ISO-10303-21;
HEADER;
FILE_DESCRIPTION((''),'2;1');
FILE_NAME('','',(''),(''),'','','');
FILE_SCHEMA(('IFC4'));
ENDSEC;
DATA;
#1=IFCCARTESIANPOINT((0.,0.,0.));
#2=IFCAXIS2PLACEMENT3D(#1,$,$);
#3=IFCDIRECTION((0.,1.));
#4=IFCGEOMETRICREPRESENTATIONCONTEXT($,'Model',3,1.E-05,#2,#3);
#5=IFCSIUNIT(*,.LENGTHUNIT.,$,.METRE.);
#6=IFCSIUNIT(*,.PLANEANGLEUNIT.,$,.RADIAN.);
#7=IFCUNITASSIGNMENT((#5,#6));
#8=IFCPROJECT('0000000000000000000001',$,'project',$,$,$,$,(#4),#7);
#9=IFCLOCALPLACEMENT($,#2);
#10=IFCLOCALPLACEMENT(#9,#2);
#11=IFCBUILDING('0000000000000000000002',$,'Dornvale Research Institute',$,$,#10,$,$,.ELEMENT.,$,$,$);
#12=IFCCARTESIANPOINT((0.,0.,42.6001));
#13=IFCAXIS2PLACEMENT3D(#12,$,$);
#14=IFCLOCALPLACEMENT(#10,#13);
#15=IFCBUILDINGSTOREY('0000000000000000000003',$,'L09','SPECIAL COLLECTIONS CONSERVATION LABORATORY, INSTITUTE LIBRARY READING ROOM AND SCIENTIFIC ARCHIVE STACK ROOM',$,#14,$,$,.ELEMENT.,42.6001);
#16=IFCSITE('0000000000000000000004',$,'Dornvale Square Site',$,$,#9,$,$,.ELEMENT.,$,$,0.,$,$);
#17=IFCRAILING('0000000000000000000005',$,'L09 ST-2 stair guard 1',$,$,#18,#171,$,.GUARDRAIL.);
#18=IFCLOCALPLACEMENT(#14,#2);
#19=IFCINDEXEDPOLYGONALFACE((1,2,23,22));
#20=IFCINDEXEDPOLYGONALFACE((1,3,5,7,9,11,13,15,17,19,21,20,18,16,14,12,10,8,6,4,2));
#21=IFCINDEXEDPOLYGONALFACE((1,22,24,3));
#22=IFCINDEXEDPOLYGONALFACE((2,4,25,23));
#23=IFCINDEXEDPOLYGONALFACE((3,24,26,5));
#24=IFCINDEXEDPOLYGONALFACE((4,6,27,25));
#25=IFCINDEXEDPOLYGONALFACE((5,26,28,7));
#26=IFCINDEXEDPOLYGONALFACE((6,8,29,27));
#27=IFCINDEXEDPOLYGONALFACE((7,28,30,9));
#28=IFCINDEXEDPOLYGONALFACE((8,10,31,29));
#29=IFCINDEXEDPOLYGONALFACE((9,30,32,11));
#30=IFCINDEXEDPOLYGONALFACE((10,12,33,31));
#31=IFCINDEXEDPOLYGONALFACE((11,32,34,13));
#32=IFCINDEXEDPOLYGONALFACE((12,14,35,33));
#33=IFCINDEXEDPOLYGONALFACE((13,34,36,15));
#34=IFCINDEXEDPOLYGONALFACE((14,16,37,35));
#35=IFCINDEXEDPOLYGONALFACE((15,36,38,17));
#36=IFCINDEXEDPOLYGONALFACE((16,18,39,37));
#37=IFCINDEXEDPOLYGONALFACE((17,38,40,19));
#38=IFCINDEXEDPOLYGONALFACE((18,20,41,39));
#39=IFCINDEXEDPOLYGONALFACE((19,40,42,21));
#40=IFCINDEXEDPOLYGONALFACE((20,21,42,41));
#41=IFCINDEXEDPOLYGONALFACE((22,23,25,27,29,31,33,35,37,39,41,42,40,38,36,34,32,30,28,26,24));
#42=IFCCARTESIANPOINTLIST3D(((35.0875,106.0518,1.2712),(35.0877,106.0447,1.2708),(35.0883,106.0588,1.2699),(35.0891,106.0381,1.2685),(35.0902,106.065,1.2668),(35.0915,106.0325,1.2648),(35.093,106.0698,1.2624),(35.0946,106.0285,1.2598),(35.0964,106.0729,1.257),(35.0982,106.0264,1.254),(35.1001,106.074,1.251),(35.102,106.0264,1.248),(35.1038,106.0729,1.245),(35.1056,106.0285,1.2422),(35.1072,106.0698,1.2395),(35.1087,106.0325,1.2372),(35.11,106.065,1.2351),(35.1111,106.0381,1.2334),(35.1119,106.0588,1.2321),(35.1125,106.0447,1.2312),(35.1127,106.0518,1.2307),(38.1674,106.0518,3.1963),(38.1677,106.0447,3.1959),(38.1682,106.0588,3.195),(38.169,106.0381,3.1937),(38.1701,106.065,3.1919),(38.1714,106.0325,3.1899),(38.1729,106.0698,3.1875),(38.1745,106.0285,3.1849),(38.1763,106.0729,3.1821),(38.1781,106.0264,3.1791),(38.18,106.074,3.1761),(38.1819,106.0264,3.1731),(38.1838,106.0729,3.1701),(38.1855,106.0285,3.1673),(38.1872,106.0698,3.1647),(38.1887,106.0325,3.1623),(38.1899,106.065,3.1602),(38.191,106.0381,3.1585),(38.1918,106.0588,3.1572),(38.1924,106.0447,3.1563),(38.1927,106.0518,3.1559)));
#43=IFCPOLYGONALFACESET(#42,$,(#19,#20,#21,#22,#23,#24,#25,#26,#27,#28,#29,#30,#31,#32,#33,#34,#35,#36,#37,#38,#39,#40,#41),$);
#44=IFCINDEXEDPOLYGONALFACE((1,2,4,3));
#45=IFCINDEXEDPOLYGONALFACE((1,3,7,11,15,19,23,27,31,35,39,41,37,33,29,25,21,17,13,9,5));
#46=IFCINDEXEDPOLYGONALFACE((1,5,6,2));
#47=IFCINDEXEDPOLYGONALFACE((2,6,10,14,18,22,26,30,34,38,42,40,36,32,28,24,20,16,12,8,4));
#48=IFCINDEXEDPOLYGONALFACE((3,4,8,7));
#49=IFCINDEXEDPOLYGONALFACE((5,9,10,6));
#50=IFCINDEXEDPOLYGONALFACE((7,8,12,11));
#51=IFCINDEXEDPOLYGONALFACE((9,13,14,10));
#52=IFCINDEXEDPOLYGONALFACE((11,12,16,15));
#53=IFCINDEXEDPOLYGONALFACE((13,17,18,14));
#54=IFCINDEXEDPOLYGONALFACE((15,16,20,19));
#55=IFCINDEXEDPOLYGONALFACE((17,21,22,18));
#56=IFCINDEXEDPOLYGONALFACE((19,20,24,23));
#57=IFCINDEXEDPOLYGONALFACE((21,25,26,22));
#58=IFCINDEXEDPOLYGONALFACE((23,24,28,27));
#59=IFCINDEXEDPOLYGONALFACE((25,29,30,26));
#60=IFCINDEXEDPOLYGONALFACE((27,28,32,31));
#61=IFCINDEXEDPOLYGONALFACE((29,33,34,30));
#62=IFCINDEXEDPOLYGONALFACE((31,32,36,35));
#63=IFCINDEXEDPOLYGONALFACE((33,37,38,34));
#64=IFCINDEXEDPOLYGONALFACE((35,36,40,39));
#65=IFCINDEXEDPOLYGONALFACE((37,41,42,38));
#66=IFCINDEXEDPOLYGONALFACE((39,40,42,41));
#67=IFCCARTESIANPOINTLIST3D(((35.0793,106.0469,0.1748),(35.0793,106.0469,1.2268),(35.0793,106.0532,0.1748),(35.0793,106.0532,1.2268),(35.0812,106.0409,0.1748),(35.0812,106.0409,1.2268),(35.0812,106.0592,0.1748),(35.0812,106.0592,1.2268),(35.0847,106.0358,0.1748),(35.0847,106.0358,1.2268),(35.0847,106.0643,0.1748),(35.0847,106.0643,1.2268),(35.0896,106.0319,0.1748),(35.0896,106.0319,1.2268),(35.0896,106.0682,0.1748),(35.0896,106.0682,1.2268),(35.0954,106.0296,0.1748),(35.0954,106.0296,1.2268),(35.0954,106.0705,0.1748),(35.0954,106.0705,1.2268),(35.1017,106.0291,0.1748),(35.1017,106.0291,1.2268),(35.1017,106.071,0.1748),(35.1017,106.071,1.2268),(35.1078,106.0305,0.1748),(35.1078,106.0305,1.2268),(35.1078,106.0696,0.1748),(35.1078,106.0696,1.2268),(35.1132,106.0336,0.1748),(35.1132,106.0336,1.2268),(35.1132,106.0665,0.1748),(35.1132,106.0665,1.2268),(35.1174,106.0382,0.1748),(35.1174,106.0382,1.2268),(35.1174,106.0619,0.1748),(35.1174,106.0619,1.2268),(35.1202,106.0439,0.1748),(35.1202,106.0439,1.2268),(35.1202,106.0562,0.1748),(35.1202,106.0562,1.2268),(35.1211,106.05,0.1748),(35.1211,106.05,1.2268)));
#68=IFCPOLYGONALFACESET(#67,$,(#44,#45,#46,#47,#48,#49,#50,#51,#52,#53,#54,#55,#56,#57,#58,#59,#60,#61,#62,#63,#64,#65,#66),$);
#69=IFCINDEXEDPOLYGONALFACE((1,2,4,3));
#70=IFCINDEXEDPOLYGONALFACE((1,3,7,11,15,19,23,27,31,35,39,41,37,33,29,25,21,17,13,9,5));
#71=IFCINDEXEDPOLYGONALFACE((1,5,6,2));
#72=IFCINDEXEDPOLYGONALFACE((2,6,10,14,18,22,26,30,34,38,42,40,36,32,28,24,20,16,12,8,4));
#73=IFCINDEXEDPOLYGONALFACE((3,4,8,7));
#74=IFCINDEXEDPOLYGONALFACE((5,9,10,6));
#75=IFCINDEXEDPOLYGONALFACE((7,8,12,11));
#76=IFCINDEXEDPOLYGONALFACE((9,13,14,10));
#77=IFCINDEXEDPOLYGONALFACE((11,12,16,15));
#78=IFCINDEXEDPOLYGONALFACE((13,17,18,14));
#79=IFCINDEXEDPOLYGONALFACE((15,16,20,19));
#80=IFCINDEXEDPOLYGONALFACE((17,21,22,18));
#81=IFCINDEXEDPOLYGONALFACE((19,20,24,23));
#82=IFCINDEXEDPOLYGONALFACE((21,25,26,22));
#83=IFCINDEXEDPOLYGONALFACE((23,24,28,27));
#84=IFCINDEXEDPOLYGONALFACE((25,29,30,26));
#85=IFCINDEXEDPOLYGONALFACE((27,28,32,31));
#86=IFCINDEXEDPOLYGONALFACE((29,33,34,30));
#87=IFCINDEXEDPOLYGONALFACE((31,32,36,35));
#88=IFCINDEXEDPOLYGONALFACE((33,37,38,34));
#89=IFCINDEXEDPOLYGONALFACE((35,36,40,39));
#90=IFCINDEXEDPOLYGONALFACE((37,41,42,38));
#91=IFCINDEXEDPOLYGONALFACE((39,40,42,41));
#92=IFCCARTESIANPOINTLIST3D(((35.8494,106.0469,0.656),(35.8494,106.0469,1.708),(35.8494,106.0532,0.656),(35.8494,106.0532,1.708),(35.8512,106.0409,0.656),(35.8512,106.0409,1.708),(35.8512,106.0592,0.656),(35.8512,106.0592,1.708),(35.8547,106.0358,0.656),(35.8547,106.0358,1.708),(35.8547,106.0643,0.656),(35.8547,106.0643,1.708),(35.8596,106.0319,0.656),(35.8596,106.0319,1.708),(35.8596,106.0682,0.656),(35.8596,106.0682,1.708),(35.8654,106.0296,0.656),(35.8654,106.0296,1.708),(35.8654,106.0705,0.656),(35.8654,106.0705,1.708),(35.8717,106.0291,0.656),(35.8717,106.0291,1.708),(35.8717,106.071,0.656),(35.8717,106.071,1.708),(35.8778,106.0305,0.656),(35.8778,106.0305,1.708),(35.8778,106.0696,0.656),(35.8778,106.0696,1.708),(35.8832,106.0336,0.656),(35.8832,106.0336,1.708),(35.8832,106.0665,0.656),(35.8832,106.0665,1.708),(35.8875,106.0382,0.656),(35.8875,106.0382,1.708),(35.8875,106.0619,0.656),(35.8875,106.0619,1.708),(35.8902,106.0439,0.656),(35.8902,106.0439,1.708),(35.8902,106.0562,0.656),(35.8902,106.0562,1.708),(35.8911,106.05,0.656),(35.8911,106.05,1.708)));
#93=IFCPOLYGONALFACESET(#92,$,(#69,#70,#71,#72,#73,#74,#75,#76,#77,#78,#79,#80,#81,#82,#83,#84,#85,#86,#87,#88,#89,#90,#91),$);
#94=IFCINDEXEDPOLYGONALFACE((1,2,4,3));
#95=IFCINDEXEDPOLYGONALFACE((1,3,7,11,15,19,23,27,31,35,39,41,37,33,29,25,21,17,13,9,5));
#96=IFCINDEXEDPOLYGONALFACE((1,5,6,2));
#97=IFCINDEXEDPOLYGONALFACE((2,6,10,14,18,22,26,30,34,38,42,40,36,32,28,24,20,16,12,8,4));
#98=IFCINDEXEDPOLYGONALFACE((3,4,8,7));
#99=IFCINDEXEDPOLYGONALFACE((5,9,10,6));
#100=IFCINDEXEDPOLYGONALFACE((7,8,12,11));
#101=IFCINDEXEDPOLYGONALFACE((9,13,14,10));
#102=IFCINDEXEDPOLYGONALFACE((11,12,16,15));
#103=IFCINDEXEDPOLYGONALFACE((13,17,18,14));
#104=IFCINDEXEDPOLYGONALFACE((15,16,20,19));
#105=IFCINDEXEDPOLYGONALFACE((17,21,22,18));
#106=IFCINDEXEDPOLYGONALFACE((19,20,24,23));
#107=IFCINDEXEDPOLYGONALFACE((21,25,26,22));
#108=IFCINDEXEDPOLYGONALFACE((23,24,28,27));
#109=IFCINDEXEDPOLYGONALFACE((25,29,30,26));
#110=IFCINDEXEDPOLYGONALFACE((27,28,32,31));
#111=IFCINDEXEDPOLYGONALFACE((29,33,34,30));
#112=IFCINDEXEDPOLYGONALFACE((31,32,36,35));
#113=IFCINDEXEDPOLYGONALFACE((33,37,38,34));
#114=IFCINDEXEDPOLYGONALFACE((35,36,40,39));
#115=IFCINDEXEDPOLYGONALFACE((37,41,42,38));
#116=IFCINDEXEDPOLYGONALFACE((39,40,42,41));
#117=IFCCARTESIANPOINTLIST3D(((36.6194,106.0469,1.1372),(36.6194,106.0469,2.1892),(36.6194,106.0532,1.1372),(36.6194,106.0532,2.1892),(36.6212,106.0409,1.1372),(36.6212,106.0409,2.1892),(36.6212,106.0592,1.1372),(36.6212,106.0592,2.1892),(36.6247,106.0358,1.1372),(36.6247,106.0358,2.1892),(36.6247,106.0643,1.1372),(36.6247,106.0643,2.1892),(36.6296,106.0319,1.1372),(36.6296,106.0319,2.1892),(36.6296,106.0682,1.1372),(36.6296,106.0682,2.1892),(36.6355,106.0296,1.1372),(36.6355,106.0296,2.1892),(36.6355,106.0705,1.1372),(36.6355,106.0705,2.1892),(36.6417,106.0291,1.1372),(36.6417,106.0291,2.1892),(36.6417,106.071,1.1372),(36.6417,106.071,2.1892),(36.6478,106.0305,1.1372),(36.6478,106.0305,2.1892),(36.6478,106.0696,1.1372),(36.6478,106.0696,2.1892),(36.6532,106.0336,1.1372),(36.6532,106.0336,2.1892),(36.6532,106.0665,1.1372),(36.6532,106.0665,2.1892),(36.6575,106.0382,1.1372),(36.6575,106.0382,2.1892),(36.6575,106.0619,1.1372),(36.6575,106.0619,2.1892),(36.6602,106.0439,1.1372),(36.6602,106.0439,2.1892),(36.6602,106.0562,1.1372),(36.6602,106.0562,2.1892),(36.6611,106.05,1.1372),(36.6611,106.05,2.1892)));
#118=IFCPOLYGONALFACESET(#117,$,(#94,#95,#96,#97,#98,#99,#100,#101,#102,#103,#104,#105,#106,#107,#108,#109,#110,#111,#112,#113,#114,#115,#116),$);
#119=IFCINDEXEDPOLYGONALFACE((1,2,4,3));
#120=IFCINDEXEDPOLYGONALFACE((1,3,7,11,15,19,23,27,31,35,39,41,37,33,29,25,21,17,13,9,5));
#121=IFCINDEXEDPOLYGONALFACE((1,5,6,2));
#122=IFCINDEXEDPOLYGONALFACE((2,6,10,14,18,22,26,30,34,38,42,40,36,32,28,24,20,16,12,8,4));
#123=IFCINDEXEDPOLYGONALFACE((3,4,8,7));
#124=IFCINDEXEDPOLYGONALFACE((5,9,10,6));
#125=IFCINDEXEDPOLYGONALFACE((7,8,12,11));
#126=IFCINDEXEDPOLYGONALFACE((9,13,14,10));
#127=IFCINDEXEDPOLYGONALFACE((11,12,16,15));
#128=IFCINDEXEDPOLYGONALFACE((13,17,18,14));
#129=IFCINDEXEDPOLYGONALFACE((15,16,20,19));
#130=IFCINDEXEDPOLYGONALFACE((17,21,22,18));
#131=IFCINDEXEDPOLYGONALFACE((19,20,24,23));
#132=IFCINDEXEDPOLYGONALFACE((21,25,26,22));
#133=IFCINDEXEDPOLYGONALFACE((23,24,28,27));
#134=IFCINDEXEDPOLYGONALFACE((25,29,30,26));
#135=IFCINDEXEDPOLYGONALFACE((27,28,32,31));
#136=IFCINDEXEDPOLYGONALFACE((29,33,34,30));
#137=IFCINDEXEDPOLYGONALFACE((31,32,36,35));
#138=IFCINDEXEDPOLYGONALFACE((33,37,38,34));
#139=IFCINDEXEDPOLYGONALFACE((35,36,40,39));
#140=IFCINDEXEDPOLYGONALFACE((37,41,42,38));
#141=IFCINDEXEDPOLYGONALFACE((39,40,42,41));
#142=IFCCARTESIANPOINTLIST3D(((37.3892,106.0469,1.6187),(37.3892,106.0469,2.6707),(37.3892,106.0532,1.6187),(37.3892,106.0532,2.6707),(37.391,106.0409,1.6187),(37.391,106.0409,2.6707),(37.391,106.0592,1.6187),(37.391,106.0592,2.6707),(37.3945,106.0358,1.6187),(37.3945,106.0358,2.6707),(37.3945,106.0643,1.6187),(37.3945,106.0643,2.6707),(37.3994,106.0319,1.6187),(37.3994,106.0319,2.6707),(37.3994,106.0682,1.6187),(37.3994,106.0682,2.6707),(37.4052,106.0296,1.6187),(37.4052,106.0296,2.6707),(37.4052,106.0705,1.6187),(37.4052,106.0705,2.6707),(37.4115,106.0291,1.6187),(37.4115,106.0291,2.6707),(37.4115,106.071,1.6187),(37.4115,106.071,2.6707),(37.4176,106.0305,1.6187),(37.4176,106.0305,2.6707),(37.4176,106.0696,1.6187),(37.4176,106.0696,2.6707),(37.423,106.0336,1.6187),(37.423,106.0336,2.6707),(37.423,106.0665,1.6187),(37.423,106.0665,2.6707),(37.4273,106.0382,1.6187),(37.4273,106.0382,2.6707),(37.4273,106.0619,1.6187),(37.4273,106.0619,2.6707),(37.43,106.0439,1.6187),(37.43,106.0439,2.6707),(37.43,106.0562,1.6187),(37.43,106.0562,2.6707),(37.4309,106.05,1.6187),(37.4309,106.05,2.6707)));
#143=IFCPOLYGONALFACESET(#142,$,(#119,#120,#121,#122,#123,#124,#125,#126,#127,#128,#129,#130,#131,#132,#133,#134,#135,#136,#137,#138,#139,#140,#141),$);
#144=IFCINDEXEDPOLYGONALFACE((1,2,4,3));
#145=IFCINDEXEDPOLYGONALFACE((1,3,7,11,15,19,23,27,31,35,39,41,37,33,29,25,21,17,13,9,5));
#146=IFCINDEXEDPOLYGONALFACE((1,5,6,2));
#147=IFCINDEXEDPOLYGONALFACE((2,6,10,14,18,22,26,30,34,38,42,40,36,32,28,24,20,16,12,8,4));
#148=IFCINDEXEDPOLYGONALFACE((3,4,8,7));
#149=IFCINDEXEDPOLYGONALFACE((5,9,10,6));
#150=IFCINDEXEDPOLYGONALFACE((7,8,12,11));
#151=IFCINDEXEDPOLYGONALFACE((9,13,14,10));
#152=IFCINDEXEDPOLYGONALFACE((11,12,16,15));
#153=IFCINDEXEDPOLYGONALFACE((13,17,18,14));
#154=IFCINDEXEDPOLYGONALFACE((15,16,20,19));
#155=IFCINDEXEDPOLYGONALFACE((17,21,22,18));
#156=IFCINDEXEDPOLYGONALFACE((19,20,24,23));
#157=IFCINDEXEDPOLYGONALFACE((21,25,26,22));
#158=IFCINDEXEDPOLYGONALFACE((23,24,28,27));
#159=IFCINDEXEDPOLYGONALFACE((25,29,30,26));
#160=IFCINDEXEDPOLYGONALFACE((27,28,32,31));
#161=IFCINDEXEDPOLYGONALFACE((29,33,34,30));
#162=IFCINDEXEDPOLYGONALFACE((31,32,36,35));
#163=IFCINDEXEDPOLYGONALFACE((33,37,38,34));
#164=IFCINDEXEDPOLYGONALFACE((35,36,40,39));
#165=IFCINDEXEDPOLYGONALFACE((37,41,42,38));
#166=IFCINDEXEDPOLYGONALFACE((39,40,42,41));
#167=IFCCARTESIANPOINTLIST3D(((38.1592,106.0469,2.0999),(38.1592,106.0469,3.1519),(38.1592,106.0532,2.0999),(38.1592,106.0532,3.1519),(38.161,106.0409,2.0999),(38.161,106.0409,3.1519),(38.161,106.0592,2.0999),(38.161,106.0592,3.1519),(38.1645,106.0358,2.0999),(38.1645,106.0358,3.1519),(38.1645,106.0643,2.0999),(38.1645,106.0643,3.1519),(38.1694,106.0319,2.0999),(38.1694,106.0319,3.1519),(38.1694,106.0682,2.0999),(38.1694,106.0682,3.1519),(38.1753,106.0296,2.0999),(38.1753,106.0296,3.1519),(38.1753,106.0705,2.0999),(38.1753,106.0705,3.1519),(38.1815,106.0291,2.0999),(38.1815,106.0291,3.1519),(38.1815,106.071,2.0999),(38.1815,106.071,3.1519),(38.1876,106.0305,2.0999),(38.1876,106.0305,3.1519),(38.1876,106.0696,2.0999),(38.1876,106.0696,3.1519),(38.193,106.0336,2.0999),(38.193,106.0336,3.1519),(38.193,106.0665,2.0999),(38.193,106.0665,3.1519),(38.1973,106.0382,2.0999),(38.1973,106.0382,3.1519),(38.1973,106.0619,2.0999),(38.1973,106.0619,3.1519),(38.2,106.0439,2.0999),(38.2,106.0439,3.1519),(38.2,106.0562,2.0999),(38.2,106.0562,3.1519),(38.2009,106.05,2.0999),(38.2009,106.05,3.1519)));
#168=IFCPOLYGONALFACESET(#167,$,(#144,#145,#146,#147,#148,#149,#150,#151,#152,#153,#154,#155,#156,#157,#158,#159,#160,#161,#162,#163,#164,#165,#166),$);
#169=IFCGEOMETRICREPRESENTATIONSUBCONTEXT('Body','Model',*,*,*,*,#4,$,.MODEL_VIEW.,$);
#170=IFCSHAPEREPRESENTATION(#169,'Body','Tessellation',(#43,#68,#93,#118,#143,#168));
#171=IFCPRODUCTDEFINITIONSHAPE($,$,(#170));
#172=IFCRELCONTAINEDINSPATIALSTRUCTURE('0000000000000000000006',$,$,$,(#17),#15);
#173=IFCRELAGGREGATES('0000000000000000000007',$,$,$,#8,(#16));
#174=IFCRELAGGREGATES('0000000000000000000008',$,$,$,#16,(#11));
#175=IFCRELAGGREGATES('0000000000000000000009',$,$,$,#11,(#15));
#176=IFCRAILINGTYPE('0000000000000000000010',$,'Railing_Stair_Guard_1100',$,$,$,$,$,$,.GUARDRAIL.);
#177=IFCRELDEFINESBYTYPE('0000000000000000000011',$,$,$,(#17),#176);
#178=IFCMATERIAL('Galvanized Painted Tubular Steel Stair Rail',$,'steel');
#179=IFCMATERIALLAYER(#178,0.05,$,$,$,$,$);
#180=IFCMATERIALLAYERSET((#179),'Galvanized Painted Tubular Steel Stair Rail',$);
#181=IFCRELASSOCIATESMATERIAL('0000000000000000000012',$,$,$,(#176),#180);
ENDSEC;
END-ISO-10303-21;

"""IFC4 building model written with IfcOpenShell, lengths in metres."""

from ifc_helpers import new_model, si_unit, direction, frame, origin, origin_2d, place, context, subcontext, project, spatial, circle, extrude, material, layer, layer_set, type_object, element, save


model = new_model("IFC4")

# Units and contexts
model_context = context("Model", 3, precision=1e-05, world=origin(), true_north=direction((0.0, 1.0)))
body_context = subcontext(model_context, "Body", "Model", "MODEL_VIEW")
ifc_project = project(units=[si_unit("LENGTHUNIT", "METRE"), si_unit("PLANEANGLEUNIT", "RADIAN")], contexts=[model_context])

# Site, building, storey
site_placement = place(None, origin())
site = spatial("IfcSite", under=ifc_project, at=site_placement, Name="Dornvale Square Site", CompositionType="ELEMENT", RefElevation=0.0)
building_placement = place(site_placement, origin())
building = spatial("IfcBuilding", under=site, at=building_placement, Name="Dornvale Research Institute", CompositionType="ELEMENT")
storey_placement = place(building_placement, frame((0.0, 0.0, 42.6001)))
storey = spatial("IfcBuildingStorey", under=building, at=storey_placement, Name="L09", Description="SPECIAL COLLECTIONS CONSERVATION LABORATORY, INSTITUTE LIBRARY READING ROOM AND SCIENTIFIC ARCHIVE STACK ROOM", CompositionType="ELEMENT", Elevation=42.6001)

# Railing
ifc_material_1 = material(Name="Galvanized Painted Tubular Steel Stair Rail", Category="steel")
ifc_layer_1 = layer(ifc_material_1, 0.05)
ifc_layer_set_1 = layer_set([ifc_layer_1], Name="Galvanized Painted Tubular Steel Stair Rail")
railing_type = type_object("IfcRailingType", Name="Railing_Stair_Guard_1100", PredefinedType="GUARDRAIL", material=ifc_layer_set_1)
railing_1_placement = place(storey_placement, frame((35.1001, 106.05, 0.1748)))
element("IfcRailing", 1, at=railing_1_placement, inside=storey, type_object=railing_type, Name="L09 ST-2 stair guard 1", PredefinedType="GUARDRAIL", context=body_context, shape_type="SweptSolid", body=[
    extrude(circle(Radius=0.0239, at=origin_2d()), frame((0.0, 0.0, 1.0762), z_axis=(0.847979, 0.0, 0.530029), x_axis=(0.0, 1.0, 0.0)), (0.0, 0.0, 1.0), 3.6321),
    extrude(circle(Radius=0.021, at=origin_2d()), origin(), (0.0, 0.0, 1.0), 1.052),
    extrude(circle(Radius=0.021, at=origin_2d()), frame((0.77, 0.0, 0.4812)), (0.0, 0.0, 1.0), 1.052),
    extrude(circle(Radius=0.021, at=origin_2d()), frame((1.54, 0.0, 0.9624)), (0.0, 0.0, 1.0), 1.052),
    extrude(circle(Radius=0.021, at=origin_2d()), frame((2.3098, 0.0, 1.4438)), (0.0, 0.0, 1.0), 1.052),
    extrude(circle(Radius=0.021, at=origin_2d()), frame((3.0798, 0.0, 1.925)), (0.0, 0.0, 1.0), 1.052),
])

save(model, "model.ifc")
